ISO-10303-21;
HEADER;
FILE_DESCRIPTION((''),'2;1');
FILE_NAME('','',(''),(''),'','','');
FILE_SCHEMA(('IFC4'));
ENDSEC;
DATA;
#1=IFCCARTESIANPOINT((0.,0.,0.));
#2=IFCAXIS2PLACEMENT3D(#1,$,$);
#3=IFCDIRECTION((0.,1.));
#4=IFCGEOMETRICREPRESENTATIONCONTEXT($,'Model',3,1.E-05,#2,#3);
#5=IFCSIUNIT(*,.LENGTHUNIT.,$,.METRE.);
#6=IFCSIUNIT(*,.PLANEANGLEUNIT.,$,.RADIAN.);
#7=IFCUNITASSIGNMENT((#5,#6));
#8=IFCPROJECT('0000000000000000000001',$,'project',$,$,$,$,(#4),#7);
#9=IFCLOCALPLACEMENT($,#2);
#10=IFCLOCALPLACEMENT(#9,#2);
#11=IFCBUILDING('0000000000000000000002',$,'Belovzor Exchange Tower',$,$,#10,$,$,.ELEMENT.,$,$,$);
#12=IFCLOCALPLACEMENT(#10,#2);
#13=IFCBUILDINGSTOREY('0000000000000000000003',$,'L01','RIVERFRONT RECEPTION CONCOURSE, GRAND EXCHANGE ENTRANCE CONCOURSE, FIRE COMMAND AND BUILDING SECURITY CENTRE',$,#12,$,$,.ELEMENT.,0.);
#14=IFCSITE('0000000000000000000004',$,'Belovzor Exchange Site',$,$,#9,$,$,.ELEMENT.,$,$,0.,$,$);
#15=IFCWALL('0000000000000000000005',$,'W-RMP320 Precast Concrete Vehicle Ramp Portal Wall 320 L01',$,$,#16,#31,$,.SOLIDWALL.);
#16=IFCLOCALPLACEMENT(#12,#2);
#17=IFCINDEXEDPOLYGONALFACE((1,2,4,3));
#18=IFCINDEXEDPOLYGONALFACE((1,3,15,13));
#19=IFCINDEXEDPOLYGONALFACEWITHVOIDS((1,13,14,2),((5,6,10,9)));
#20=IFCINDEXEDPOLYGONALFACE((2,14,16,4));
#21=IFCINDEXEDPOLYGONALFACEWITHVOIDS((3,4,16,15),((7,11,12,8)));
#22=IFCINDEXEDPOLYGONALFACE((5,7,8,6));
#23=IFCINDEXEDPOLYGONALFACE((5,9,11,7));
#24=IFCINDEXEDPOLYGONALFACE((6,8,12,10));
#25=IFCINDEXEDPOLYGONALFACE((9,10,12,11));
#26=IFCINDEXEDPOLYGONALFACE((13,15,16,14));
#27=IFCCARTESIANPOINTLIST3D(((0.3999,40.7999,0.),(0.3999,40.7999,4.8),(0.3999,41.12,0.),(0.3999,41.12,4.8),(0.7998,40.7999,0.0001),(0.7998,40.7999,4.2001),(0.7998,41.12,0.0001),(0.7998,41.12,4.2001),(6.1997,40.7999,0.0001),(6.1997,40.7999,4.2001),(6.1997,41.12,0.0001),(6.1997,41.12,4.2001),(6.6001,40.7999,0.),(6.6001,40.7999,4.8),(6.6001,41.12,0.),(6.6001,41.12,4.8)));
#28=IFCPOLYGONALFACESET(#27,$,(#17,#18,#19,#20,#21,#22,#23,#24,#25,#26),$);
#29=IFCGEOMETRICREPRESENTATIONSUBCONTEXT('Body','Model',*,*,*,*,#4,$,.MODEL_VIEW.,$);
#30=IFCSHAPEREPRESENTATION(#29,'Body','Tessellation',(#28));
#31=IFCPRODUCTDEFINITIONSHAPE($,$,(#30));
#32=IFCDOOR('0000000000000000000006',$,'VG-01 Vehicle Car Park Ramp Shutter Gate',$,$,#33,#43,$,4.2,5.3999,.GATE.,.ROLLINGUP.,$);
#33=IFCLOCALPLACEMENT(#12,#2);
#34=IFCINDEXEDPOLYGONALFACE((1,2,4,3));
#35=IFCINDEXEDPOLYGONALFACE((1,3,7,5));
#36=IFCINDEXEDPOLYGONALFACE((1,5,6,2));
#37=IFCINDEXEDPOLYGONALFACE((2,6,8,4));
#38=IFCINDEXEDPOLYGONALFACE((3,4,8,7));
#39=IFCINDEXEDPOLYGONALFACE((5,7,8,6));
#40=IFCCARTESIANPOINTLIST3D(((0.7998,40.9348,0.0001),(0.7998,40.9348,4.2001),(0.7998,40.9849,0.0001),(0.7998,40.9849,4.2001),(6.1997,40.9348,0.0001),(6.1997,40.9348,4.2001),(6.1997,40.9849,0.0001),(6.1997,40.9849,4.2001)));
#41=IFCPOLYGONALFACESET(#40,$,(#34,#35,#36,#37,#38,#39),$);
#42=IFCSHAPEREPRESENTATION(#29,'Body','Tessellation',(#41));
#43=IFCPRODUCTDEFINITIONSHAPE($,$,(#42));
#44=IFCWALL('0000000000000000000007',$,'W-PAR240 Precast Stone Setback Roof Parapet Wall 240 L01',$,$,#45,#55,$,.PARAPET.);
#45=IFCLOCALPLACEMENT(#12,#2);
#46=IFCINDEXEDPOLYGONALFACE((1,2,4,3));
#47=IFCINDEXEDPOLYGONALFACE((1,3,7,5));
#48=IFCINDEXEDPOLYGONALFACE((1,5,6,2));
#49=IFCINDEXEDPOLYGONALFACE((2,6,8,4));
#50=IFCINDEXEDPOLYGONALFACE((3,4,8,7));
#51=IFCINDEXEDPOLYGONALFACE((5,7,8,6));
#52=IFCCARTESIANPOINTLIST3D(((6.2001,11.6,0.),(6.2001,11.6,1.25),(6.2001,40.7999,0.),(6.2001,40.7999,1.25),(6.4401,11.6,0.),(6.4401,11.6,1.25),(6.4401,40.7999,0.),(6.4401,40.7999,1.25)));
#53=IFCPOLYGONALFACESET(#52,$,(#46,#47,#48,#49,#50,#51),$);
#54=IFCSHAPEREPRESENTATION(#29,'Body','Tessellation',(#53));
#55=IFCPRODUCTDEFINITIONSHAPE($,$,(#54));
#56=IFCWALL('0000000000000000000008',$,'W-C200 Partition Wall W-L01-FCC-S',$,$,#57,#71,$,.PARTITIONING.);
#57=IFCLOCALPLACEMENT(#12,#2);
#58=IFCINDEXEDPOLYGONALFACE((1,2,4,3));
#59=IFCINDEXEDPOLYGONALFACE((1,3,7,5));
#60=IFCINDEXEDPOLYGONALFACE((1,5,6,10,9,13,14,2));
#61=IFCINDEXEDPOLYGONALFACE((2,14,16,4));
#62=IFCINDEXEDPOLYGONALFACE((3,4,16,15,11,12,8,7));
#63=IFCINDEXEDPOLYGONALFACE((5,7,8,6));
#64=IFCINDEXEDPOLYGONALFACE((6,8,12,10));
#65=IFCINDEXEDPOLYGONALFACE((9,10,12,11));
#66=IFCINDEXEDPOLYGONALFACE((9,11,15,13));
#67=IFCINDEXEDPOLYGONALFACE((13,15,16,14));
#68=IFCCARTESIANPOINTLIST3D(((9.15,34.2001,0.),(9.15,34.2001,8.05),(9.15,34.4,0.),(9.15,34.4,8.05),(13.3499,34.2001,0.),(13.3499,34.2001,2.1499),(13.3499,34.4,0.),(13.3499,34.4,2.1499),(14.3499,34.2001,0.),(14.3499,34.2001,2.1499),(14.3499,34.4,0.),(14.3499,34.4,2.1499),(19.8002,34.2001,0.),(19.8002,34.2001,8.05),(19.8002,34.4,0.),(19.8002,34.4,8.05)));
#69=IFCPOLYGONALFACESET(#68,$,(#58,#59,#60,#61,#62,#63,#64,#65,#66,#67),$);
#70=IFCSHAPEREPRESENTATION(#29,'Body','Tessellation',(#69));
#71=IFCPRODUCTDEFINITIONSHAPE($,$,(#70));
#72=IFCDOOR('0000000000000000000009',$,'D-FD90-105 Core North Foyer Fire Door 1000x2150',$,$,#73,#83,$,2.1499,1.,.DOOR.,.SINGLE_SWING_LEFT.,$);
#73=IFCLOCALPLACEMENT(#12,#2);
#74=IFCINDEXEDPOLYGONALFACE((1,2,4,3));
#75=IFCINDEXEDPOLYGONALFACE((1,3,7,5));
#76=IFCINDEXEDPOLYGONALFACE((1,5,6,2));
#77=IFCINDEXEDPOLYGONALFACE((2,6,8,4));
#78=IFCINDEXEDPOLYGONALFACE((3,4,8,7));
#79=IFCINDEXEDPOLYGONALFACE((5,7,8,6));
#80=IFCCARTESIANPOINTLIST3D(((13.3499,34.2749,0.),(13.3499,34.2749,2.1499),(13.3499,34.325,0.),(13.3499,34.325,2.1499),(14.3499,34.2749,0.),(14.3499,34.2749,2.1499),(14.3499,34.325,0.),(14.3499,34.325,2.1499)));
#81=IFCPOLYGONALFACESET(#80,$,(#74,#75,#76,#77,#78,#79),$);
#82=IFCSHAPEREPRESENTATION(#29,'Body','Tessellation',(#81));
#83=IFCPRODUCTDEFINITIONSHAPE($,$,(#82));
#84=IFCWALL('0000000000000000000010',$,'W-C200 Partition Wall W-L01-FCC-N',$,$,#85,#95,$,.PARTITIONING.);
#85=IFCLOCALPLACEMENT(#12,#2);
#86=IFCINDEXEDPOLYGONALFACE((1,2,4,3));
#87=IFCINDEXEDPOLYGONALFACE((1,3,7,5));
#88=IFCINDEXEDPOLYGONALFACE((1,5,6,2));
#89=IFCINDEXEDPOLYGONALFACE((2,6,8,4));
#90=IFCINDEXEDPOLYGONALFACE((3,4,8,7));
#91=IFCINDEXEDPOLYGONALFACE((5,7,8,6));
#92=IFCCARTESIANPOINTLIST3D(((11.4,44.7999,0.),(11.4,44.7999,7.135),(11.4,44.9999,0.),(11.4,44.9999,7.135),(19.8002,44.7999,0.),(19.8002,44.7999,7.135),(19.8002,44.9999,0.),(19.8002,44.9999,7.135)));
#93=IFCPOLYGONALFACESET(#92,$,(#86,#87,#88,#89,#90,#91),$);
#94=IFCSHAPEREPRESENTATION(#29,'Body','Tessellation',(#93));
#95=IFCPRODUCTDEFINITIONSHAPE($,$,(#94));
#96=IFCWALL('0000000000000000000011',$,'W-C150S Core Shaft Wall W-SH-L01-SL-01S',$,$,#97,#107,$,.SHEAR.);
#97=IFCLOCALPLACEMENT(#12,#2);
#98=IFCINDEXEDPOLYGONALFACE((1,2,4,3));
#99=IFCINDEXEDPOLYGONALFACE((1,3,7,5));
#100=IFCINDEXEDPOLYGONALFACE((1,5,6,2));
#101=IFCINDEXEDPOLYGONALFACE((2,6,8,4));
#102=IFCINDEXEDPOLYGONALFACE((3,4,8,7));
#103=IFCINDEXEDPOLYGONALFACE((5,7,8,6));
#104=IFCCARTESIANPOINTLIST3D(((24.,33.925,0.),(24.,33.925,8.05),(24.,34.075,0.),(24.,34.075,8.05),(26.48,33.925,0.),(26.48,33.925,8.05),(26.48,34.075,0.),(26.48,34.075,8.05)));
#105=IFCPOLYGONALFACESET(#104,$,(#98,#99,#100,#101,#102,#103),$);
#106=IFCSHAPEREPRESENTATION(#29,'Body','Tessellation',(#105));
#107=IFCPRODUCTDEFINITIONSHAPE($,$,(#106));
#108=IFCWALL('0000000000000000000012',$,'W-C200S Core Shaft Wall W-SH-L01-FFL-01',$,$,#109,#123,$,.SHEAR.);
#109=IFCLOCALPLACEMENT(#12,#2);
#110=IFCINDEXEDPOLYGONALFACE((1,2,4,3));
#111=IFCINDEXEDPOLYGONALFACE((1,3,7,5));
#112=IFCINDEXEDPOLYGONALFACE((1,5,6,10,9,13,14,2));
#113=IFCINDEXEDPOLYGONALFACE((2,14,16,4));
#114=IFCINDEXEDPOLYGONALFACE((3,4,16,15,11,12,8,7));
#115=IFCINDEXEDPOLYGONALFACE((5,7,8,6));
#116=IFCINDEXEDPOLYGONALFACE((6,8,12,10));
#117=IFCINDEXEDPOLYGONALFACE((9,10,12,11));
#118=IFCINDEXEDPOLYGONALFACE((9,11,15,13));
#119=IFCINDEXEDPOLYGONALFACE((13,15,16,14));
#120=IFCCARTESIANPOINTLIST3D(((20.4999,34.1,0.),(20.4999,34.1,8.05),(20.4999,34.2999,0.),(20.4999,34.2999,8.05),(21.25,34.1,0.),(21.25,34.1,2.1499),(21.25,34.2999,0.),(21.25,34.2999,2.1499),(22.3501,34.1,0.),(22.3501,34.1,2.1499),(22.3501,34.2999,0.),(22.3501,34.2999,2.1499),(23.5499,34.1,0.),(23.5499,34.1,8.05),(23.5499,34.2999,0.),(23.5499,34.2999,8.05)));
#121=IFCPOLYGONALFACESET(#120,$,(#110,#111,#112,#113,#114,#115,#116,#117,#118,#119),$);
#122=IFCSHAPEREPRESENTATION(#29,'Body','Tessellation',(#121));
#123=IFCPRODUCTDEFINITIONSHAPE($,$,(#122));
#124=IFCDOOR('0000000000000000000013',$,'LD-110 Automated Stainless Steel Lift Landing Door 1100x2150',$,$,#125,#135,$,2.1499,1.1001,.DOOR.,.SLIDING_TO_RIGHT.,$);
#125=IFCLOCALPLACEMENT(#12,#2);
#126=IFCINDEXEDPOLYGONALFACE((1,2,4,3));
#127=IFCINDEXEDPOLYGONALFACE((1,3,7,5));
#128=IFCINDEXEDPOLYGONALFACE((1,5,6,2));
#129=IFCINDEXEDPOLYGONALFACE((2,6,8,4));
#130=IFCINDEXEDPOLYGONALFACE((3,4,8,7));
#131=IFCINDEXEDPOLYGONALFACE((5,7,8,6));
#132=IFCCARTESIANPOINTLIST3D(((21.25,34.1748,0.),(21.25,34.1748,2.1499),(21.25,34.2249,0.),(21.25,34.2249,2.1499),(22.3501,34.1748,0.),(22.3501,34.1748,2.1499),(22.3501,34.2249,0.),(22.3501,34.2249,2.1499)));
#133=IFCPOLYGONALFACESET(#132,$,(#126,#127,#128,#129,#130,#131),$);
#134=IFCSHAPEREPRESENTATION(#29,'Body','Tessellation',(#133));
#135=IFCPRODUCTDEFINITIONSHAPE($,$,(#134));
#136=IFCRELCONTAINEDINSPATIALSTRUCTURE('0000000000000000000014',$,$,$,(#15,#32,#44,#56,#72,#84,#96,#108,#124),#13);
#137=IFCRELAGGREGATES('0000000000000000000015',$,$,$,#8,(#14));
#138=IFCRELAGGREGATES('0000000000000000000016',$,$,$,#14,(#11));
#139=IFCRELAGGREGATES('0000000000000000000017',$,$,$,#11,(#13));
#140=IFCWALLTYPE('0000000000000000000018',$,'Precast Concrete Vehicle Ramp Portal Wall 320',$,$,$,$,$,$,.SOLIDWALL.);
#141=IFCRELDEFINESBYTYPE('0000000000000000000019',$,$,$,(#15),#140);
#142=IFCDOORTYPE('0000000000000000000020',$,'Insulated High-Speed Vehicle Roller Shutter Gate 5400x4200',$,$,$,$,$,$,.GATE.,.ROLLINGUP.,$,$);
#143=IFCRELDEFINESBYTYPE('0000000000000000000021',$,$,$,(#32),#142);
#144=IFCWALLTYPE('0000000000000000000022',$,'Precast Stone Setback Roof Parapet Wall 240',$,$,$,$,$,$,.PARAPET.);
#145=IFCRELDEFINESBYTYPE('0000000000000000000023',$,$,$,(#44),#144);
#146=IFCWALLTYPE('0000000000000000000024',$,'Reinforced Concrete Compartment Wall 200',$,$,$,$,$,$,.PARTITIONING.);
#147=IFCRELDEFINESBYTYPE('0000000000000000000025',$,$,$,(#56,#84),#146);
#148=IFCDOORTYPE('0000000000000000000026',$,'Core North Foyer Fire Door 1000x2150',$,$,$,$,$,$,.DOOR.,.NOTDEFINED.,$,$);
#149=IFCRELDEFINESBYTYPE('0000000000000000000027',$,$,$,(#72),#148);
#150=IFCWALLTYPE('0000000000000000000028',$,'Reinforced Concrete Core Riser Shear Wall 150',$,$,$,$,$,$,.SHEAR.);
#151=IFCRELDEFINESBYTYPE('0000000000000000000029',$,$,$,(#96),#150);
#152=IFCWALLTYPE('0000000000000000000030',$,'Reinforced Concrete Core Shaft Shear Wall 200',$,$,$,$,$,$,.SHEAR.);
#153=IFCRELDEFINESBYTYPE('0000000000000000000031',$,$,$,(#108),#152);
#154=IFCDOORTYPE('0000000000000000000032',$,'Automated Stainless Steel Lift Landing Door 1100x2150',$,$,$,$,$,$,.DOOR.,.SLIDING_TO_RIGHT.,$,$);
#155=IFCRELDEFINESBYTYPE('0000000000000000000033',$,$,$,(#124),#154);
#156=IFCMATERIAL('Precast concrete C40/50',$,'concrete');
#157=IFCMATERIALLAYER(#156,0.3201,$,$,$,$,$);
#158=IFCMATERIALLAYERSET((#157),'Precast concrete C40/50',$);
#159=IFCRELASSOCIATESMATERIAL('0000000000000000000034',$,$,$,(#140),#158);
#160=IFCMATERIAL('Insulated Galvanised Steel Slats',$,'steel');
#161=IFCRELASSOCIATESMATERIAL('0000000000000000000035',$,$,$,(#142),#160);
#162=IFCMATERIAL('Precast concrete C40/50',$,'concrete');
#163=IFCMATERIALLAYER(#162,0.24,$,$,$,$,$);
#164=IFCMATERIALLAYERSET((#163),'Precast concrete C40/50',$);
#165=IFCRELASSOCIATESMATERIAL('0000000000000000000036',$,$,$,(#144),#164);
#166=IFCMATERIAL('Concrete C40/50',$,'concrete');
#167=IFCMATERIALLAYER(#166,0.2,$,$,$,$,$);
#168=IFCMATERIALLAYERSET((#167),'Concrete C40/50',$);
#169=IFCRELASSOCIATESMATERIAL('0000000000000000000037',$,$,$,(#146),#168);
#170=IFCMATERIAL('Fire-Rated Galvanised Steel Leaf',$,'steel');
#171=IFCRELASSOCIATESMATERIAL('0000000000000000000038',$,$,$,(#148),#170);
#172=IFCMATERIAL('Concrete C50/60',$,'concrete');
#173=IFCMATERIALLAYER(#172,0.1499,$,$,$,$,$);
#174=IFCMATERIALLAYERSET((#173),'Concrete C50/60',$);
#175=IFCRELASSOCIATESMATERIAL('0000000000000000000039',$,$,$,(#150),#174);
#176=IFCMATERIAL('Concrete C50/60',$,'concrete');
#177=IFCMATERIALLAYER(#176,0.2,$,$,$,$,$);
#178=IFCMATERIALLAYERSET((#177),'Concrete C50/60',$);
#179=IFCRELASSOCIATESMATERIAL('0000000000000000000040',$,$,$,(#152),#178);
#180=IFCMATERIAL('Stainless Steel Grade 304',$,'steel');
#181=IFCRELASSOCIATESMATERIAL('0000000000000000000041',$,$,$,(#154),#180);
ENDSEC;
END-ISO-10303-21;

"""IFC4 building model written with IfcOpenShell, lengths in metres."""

from ifc_helpers import new_model, si_unit, direction, frame, frame_2d, origin, place, context, subcontext, project, spatial, rectangle, extrude, material, layer, layer_set, type_object, element, fill, save


model = new_model("IFC4")

# Units and contexts
model_context = context("Model", 3, precision=1e-05, world=origin(), true_north=direction((0.0, 1.0)))
body_context = subcontext(model_context, "Body", "Model", "MODEL_VIEW")
ifc_project = project(units=[si_unit("LENGTHUNIT", "METRE"), si_unit("PLANEANGLEUNIT", "RADIAN")], contexts=[model_context])

# Site, building, storey
site_placement = place(None, origin())
site = spatial("IfcSite", under=ifc_project, at=site_placement, Name="Belovzor Exchange Site", CompositionType="ELEMENT", RefElevation=0.0)
building_placement = place(site_placement, origin())
building = spatial("IfcBuilding", under=site, at=building_placement, Name="Belovzor Exchange Tower", CompositionType="ELEMENT")
storey_placement = place(building_placement, origin())
storey = spatial("IfcBuildingStorey", under=building, at=storey_placement, Name="L01", Description="RIVERFRONT RECEPTION CONCOURSE, GRAND EXCHANGE ENTRANCE CONCOURSE, FIRE COMMAND AND BUILDING SECURITY CENTRE", CompositionType="ELEMENT", Elevation=0.0)

# Wall, opening, door
ifc_material_1 = material(Name="Precast concrete C40/50", Category="concrete")
ifc_layer_1 = layer(ifc_material_1, 0.3201)
ifc_layer_set_1 = layer_set([ifc_layer_1], Name="Precast concrete C40/50")
wall_type_1 = type_object("IfcWallType", Name="Precast Concrete Vehicle Ramp Portal Wall 320", PredefinedType="SOLIDWALL", material=ifc_layer_set_1)
wall_1_placement = place(storey_placement, frame((0.3999, 40.96, 0.0), z_axis=(0.0, 0.0, 1.0), x_axis=(1.0, 0.0, 0.0)))
wall_1 = element("IfcWall", 1, at=wall_1_placement, inside=storey, type_object=wall_type_1, Name="W-RMP320 Precast Concrete Vehicle Ramp Portal Wall 320 L01", PredefinedType="SOLIDWALL", context=body_context, shape_type="SweptSolid", body=[
    extrude(rectangle(XDim=6.2002, YDim=0.3201, at=frame_2d((3.1001, 0.0))), origin(), (0.0, 0.0, 1.0), 4.8),
])
opening_1_placement = place(wall_1_placement, frame((0.3999, 0.0, 0.0)))
opening_1 = element("IfcOpeningElement", 2, at=opening_1_placement, cuts=wall_1, PredefinedType="OPENING", context=body_context, shape_type="SweptSolid", body=[
    extrude(rectangle(XDim=5.3999, YDim=4.2, at=frame_2d((2.7, 2.1001))), frame((0.0, 0.1699, 0.0), z_axis=(0.0, -1.0, 0.0), x_axis=(1.0, 0.0, 0.0)), (0.0, 0.0, 1.0), 0.3401),
])
ifc_material_2 = material(Name="Insulated Galvanised Steel Slats", Category="steel")
door_type_1 = type_object("IfcDoorType", Name="Insulated High-Speed Vehicle Roller Shutter Gate 5400x4200", OperationType="ROLLINGUP", PredefinedType="GATE", material=ifc_material_2)
door_1_placement = place(opening_1_placement, origin())
door_1 = element("IfcDoor", 3, at=door_1_placement, inside=storey, type_object=door_type_1, Name="VG-01 Vehicle Car Park Ramp Shutter Gate", OperationType="ROLLINGUP", OverallHeight=4.2, OverallWidth=5.3999, PredefinedType="GATE", context=body_context, shape_type="SweptSolid", body=[
    extrude(rectangle(XDim=5.3999, YDim=4.2, at=frame_2d((2.7, 2.1001))), frame((0.0, 0.0249, 0.0), z_axis=(0.0, -1.0, 0.0), x_axis=(1.0, 0.0, 0.0)), (0.0, 0.0, 1.0), 0.05),
])
fill(opening_1, door_1)

# Wall
ifc_material_3 = material(Name="Precast concrete C40/50", Category="concrete")
ifc_layer_2 = layer(ifc_material_3, 0.24)
ifc_layer_set_2 = layer_set([ifc_layer_2], Name="Precast concrete C40/50")
wall_type_2 = type_object("IfcWallType", Name="Precast Stone Setback Roof Parapet Wall 240", PredefinedType="PARAPET", material=ifc_layer_set_2)
wall_2_placement = place(storey_placement, frame((6.3201, 40.8, 0.0), z_axis=(0.0, 0.0, 1.0), x_axis=(0.0, -1.0, 0.0)))
element("IfcWall", 4, at=wall_2_placement, inside=storey, type_object=wall_type_2, Name="W-PAR240 Precast Stone Setback Roof Parapet Wall 240 L01", PredefinedType="PARAPET", context=body_context, shape_type="SweptSolid", body=[
    extrude(rectangle(XDim=29.2, YDim=0.24, at=frame_2d((14.6001, 0.0))), origin(), (0.0, 0.0, 1.0), 1.25),
])

# Wall, opening, door
ifc_material_4 = material(Name="Concrete C40/50", Category="concrete")
ifc_layer_3 = layer(ifc_material_4, 0.2)
ifc_layer_set_3 = layer_set([ifc_layer_3], Name="Concrete C40/50")
wall_type_3 = type_object("IfcWallType", Name="Reinforced Concrete Compartment Wall 200", PredefinedType="PARTITIONING", material=ifc_layer_set_3)
wall_3_placement = place(storey_placement, frame((9.1499, 34.3, 0.0), z_axis=(0.0, 0.0, 1.0), x_axis=(1.0, 0.0, 0.0)))
wall_3 = element("IfcWall", 5, at=wall_3_placement, inside=storey, type_object=wall_type_3, Name="W-C200 Partition Wall W-L01-FCC-S", PredefinedType="PARTITIONING", context=body_context, shape_type="SweptSolid", body=[
    extrude(rectangle(XDim=10.6501, YDim=0.2, at=frame_2d((5.3252, 0.0))), origin(), (0.0, 0.0, 1.0), 8.05),
])
opening_2_placement = place(wall_3_placement, frame((4.2, 0.0, 0.0)))
opening_2 = element("IfcOpeningElement", 6, at=opening_2_placement, cuts=wall_3, PredefinedType="OPENING", context=body_context, shape_type="SweptSolid", body=[
    extrude(rectangle(XDim=1.0, YDim=2.1499, at=frame_2d((0.5, 1.075))), frame((0.0, 0.1099, 0.0), z_axis=(0.0, -1.0, 0.0), x_axis=(1.0, 0.0, 0.0)), (0.0, 0.0, 1.0), 0.22),
])
ifc_material_5 = material(Name="Fire-Rated Galvanised Steel Leaf", Category="steel")
door_type_2 = type_object("IfcDoorType", Name="Core North Foyer Fire Door 1000x2150", OperationType="NOTDEFINED", PredefinedType="DOOR", material=ifc_material_5)
door_2_placement = place(opening_2_placement, origin())
door_2 = element("IfcDoor", 7, at=door_2_placement, inside=storey, type_object=door_type_2, Name="D-FD90-105 Core North Foyer Fire Door 1000x2150", OperationType="SINGLE_SWING_LEFT", OverallHeight=2.1499, OverallWidth=1.0, PredefinedType="DOOR", context=body_context, shape_type="SweptSolid", body=[
    extrude(rectangle(XDim=1.0, YDim=2.1499, at=frame_2d((0.5, 1.075))), frame((0.0, 0.0249, 0.0), z_axis=(0.0, -1.0, 0.0), x_axis=(1.0, 0.0, 0.0)), (0.0, 0.0, 1.0), 0.05),
])
fill(opening_2, door_2)

# Walls
wall_4_placement = place(storey_placement, frame((11.3999, 44.8999, 0.0), z_axis=(0.0, 0.0, 1.0), x_axis=(1.0, 0.0, 0.0)))
element("IfcWall", 8, at=wall_4_placement, inside=storey, type_object=wall_type_3, Name="W-C200 Partition Wall W-L01-FCC-N", PredefinedType="PARTITIONING", context=body_context, shape_type="SweptSolid", body=[
    extrude(rectangle(XDim=8.4001, YDim=0.2, at=frame_2d((4.2002, 0.0))), origin(), (0.0, 0.0, 1.0), 7.135),
])
ifc_material_6 = material(Name="Concrete C50/60", Category="concrete")
ifc_layer_4 = layer(ifc_material_6, 0.1499)
ifc_layer_set_4 = layer_set([ifc_layer_4], Name="Concrete C50/60")
wall_type_4 = type_object("IfcWallType", Name="Reinforced Concrete Core Riser Shear Wall 150", PredefinedType="SHEAR", material=ifc_layer_set_4)
wall_5_placement = place(storey_placement, frame((24.0, 34.0, 0.0), z_axis=(0.0, 0.0, 1.0), x_axis=(1.0, 0.0, 0.0)))
element("IfcWall", 9, at=wall_5_placement, inside=storey, type_object=wall_type_4, Name="W-C150S Core Shaft Wall W-SH-L01-SL-01S", PredefinedType="SHEAR", context=body_context, shape_type="SweptSolid", body=[
    extrude(rectangle(XDim=2.48, YDim=0.1499, at=frame_2d((1.24, 0.0))), origin(), (0.0, 0.0, 1.0), 8.05),
])

# Wall, opening, door
ifc_material_7 = material(Name="Concrete C50/60", Category="concrete")
ifc_layer_5 = layer(ifc_material_7, 0.2)
ifc_layer_set_5 = layer_set([ifc_layer_5], Name="Concrete C50/60")
wall_type_5 = type_object("IfcWallType", Name="Reinforced Concrete Core Shaft Shear Wall 200", PredefinedType="SHEAR", material=ifc_layer_set_5)
wall_6_placement = place(storey_placement, frame((20.5, 34.2, 0.0), z_axis=(0.0, 0.0, 1.0), x_axis=(1.0, 0.0, 0.0)))
wall_6 = element("IfcWall", 10, at=wall_6_placement, inside=storey, type_object=wall_type_5, Name="W-C200S Core Shaft Wall W-SH-L01-FFL-01", PredefinedType="SHEAR", context=body_context, shape_type="SweptSolid", body=[
    extrude(rectangle(XDim=3.05, YDim=0.2, at=frame_2d((1.5249, 0.0))), origin(), (0.0, 0.0, 1.0), 8.05),
])
opening_3_placement = place(wall_6_placement, frame((0.75, 0.0, 0.0)))
opening_3 = element("IfcOpeningElement", 11, at=opening_3_placement, cuts=wall_6, PredefinedType="OPENING", context=body_context, shape_type="SweptSolid", body=[
    extrude(rectangle(XDim=1.1001, YDim=2.1499, at=frame_2d((0.55, 1.075))), frame((0.0, 0.1099, 0.0), z_axis=(0.0, -1.0, 0.0), x_axis=(1.0, 0.0, 0.0)), (0.0, 0.0, 1.0), 0.22),
])
ifc_material_8 = material(Name="Stainless Steel Grade 304", Category="steel")
door_type_3 = type_object("IfcDoorType", Name="Automated Stainless Steel Lift Landing Door 1100x2150", OperationType="SLIDING_TO_RIGHT", PredefinedType="DOOR", material=ifc_material_8)
door_3_placement = place(opening_3_placement, origin())
door_3 = element("IfcDoor", 12, at=door_3_placement, inside=storey, type_object=door_type_3, Name="LD-110 Automated Stainless Steel Lift Landing Door 1100x2150", OperationType="SLIDING_TO_RIGHT", OverallHeight=2.1499, OverallWidth=1.1001, PredefinedType="DOOR", context=body_context, shape_type="SweptSolid", body=[
    extrude(rectangle(XDim=1.1001, YDim=2.1499, at=frame_2d((0.55, 1.075))), frame((0.0, 0.0249, 0.0), z_axis=(0.0, -1.0, 0.0), x_axis=(1.0, 0.0, 0.0)), (0.0, 0.0, 1.0), 0.05),
])
fill(opening_3, door_3)

save(model, "model.ifc")
